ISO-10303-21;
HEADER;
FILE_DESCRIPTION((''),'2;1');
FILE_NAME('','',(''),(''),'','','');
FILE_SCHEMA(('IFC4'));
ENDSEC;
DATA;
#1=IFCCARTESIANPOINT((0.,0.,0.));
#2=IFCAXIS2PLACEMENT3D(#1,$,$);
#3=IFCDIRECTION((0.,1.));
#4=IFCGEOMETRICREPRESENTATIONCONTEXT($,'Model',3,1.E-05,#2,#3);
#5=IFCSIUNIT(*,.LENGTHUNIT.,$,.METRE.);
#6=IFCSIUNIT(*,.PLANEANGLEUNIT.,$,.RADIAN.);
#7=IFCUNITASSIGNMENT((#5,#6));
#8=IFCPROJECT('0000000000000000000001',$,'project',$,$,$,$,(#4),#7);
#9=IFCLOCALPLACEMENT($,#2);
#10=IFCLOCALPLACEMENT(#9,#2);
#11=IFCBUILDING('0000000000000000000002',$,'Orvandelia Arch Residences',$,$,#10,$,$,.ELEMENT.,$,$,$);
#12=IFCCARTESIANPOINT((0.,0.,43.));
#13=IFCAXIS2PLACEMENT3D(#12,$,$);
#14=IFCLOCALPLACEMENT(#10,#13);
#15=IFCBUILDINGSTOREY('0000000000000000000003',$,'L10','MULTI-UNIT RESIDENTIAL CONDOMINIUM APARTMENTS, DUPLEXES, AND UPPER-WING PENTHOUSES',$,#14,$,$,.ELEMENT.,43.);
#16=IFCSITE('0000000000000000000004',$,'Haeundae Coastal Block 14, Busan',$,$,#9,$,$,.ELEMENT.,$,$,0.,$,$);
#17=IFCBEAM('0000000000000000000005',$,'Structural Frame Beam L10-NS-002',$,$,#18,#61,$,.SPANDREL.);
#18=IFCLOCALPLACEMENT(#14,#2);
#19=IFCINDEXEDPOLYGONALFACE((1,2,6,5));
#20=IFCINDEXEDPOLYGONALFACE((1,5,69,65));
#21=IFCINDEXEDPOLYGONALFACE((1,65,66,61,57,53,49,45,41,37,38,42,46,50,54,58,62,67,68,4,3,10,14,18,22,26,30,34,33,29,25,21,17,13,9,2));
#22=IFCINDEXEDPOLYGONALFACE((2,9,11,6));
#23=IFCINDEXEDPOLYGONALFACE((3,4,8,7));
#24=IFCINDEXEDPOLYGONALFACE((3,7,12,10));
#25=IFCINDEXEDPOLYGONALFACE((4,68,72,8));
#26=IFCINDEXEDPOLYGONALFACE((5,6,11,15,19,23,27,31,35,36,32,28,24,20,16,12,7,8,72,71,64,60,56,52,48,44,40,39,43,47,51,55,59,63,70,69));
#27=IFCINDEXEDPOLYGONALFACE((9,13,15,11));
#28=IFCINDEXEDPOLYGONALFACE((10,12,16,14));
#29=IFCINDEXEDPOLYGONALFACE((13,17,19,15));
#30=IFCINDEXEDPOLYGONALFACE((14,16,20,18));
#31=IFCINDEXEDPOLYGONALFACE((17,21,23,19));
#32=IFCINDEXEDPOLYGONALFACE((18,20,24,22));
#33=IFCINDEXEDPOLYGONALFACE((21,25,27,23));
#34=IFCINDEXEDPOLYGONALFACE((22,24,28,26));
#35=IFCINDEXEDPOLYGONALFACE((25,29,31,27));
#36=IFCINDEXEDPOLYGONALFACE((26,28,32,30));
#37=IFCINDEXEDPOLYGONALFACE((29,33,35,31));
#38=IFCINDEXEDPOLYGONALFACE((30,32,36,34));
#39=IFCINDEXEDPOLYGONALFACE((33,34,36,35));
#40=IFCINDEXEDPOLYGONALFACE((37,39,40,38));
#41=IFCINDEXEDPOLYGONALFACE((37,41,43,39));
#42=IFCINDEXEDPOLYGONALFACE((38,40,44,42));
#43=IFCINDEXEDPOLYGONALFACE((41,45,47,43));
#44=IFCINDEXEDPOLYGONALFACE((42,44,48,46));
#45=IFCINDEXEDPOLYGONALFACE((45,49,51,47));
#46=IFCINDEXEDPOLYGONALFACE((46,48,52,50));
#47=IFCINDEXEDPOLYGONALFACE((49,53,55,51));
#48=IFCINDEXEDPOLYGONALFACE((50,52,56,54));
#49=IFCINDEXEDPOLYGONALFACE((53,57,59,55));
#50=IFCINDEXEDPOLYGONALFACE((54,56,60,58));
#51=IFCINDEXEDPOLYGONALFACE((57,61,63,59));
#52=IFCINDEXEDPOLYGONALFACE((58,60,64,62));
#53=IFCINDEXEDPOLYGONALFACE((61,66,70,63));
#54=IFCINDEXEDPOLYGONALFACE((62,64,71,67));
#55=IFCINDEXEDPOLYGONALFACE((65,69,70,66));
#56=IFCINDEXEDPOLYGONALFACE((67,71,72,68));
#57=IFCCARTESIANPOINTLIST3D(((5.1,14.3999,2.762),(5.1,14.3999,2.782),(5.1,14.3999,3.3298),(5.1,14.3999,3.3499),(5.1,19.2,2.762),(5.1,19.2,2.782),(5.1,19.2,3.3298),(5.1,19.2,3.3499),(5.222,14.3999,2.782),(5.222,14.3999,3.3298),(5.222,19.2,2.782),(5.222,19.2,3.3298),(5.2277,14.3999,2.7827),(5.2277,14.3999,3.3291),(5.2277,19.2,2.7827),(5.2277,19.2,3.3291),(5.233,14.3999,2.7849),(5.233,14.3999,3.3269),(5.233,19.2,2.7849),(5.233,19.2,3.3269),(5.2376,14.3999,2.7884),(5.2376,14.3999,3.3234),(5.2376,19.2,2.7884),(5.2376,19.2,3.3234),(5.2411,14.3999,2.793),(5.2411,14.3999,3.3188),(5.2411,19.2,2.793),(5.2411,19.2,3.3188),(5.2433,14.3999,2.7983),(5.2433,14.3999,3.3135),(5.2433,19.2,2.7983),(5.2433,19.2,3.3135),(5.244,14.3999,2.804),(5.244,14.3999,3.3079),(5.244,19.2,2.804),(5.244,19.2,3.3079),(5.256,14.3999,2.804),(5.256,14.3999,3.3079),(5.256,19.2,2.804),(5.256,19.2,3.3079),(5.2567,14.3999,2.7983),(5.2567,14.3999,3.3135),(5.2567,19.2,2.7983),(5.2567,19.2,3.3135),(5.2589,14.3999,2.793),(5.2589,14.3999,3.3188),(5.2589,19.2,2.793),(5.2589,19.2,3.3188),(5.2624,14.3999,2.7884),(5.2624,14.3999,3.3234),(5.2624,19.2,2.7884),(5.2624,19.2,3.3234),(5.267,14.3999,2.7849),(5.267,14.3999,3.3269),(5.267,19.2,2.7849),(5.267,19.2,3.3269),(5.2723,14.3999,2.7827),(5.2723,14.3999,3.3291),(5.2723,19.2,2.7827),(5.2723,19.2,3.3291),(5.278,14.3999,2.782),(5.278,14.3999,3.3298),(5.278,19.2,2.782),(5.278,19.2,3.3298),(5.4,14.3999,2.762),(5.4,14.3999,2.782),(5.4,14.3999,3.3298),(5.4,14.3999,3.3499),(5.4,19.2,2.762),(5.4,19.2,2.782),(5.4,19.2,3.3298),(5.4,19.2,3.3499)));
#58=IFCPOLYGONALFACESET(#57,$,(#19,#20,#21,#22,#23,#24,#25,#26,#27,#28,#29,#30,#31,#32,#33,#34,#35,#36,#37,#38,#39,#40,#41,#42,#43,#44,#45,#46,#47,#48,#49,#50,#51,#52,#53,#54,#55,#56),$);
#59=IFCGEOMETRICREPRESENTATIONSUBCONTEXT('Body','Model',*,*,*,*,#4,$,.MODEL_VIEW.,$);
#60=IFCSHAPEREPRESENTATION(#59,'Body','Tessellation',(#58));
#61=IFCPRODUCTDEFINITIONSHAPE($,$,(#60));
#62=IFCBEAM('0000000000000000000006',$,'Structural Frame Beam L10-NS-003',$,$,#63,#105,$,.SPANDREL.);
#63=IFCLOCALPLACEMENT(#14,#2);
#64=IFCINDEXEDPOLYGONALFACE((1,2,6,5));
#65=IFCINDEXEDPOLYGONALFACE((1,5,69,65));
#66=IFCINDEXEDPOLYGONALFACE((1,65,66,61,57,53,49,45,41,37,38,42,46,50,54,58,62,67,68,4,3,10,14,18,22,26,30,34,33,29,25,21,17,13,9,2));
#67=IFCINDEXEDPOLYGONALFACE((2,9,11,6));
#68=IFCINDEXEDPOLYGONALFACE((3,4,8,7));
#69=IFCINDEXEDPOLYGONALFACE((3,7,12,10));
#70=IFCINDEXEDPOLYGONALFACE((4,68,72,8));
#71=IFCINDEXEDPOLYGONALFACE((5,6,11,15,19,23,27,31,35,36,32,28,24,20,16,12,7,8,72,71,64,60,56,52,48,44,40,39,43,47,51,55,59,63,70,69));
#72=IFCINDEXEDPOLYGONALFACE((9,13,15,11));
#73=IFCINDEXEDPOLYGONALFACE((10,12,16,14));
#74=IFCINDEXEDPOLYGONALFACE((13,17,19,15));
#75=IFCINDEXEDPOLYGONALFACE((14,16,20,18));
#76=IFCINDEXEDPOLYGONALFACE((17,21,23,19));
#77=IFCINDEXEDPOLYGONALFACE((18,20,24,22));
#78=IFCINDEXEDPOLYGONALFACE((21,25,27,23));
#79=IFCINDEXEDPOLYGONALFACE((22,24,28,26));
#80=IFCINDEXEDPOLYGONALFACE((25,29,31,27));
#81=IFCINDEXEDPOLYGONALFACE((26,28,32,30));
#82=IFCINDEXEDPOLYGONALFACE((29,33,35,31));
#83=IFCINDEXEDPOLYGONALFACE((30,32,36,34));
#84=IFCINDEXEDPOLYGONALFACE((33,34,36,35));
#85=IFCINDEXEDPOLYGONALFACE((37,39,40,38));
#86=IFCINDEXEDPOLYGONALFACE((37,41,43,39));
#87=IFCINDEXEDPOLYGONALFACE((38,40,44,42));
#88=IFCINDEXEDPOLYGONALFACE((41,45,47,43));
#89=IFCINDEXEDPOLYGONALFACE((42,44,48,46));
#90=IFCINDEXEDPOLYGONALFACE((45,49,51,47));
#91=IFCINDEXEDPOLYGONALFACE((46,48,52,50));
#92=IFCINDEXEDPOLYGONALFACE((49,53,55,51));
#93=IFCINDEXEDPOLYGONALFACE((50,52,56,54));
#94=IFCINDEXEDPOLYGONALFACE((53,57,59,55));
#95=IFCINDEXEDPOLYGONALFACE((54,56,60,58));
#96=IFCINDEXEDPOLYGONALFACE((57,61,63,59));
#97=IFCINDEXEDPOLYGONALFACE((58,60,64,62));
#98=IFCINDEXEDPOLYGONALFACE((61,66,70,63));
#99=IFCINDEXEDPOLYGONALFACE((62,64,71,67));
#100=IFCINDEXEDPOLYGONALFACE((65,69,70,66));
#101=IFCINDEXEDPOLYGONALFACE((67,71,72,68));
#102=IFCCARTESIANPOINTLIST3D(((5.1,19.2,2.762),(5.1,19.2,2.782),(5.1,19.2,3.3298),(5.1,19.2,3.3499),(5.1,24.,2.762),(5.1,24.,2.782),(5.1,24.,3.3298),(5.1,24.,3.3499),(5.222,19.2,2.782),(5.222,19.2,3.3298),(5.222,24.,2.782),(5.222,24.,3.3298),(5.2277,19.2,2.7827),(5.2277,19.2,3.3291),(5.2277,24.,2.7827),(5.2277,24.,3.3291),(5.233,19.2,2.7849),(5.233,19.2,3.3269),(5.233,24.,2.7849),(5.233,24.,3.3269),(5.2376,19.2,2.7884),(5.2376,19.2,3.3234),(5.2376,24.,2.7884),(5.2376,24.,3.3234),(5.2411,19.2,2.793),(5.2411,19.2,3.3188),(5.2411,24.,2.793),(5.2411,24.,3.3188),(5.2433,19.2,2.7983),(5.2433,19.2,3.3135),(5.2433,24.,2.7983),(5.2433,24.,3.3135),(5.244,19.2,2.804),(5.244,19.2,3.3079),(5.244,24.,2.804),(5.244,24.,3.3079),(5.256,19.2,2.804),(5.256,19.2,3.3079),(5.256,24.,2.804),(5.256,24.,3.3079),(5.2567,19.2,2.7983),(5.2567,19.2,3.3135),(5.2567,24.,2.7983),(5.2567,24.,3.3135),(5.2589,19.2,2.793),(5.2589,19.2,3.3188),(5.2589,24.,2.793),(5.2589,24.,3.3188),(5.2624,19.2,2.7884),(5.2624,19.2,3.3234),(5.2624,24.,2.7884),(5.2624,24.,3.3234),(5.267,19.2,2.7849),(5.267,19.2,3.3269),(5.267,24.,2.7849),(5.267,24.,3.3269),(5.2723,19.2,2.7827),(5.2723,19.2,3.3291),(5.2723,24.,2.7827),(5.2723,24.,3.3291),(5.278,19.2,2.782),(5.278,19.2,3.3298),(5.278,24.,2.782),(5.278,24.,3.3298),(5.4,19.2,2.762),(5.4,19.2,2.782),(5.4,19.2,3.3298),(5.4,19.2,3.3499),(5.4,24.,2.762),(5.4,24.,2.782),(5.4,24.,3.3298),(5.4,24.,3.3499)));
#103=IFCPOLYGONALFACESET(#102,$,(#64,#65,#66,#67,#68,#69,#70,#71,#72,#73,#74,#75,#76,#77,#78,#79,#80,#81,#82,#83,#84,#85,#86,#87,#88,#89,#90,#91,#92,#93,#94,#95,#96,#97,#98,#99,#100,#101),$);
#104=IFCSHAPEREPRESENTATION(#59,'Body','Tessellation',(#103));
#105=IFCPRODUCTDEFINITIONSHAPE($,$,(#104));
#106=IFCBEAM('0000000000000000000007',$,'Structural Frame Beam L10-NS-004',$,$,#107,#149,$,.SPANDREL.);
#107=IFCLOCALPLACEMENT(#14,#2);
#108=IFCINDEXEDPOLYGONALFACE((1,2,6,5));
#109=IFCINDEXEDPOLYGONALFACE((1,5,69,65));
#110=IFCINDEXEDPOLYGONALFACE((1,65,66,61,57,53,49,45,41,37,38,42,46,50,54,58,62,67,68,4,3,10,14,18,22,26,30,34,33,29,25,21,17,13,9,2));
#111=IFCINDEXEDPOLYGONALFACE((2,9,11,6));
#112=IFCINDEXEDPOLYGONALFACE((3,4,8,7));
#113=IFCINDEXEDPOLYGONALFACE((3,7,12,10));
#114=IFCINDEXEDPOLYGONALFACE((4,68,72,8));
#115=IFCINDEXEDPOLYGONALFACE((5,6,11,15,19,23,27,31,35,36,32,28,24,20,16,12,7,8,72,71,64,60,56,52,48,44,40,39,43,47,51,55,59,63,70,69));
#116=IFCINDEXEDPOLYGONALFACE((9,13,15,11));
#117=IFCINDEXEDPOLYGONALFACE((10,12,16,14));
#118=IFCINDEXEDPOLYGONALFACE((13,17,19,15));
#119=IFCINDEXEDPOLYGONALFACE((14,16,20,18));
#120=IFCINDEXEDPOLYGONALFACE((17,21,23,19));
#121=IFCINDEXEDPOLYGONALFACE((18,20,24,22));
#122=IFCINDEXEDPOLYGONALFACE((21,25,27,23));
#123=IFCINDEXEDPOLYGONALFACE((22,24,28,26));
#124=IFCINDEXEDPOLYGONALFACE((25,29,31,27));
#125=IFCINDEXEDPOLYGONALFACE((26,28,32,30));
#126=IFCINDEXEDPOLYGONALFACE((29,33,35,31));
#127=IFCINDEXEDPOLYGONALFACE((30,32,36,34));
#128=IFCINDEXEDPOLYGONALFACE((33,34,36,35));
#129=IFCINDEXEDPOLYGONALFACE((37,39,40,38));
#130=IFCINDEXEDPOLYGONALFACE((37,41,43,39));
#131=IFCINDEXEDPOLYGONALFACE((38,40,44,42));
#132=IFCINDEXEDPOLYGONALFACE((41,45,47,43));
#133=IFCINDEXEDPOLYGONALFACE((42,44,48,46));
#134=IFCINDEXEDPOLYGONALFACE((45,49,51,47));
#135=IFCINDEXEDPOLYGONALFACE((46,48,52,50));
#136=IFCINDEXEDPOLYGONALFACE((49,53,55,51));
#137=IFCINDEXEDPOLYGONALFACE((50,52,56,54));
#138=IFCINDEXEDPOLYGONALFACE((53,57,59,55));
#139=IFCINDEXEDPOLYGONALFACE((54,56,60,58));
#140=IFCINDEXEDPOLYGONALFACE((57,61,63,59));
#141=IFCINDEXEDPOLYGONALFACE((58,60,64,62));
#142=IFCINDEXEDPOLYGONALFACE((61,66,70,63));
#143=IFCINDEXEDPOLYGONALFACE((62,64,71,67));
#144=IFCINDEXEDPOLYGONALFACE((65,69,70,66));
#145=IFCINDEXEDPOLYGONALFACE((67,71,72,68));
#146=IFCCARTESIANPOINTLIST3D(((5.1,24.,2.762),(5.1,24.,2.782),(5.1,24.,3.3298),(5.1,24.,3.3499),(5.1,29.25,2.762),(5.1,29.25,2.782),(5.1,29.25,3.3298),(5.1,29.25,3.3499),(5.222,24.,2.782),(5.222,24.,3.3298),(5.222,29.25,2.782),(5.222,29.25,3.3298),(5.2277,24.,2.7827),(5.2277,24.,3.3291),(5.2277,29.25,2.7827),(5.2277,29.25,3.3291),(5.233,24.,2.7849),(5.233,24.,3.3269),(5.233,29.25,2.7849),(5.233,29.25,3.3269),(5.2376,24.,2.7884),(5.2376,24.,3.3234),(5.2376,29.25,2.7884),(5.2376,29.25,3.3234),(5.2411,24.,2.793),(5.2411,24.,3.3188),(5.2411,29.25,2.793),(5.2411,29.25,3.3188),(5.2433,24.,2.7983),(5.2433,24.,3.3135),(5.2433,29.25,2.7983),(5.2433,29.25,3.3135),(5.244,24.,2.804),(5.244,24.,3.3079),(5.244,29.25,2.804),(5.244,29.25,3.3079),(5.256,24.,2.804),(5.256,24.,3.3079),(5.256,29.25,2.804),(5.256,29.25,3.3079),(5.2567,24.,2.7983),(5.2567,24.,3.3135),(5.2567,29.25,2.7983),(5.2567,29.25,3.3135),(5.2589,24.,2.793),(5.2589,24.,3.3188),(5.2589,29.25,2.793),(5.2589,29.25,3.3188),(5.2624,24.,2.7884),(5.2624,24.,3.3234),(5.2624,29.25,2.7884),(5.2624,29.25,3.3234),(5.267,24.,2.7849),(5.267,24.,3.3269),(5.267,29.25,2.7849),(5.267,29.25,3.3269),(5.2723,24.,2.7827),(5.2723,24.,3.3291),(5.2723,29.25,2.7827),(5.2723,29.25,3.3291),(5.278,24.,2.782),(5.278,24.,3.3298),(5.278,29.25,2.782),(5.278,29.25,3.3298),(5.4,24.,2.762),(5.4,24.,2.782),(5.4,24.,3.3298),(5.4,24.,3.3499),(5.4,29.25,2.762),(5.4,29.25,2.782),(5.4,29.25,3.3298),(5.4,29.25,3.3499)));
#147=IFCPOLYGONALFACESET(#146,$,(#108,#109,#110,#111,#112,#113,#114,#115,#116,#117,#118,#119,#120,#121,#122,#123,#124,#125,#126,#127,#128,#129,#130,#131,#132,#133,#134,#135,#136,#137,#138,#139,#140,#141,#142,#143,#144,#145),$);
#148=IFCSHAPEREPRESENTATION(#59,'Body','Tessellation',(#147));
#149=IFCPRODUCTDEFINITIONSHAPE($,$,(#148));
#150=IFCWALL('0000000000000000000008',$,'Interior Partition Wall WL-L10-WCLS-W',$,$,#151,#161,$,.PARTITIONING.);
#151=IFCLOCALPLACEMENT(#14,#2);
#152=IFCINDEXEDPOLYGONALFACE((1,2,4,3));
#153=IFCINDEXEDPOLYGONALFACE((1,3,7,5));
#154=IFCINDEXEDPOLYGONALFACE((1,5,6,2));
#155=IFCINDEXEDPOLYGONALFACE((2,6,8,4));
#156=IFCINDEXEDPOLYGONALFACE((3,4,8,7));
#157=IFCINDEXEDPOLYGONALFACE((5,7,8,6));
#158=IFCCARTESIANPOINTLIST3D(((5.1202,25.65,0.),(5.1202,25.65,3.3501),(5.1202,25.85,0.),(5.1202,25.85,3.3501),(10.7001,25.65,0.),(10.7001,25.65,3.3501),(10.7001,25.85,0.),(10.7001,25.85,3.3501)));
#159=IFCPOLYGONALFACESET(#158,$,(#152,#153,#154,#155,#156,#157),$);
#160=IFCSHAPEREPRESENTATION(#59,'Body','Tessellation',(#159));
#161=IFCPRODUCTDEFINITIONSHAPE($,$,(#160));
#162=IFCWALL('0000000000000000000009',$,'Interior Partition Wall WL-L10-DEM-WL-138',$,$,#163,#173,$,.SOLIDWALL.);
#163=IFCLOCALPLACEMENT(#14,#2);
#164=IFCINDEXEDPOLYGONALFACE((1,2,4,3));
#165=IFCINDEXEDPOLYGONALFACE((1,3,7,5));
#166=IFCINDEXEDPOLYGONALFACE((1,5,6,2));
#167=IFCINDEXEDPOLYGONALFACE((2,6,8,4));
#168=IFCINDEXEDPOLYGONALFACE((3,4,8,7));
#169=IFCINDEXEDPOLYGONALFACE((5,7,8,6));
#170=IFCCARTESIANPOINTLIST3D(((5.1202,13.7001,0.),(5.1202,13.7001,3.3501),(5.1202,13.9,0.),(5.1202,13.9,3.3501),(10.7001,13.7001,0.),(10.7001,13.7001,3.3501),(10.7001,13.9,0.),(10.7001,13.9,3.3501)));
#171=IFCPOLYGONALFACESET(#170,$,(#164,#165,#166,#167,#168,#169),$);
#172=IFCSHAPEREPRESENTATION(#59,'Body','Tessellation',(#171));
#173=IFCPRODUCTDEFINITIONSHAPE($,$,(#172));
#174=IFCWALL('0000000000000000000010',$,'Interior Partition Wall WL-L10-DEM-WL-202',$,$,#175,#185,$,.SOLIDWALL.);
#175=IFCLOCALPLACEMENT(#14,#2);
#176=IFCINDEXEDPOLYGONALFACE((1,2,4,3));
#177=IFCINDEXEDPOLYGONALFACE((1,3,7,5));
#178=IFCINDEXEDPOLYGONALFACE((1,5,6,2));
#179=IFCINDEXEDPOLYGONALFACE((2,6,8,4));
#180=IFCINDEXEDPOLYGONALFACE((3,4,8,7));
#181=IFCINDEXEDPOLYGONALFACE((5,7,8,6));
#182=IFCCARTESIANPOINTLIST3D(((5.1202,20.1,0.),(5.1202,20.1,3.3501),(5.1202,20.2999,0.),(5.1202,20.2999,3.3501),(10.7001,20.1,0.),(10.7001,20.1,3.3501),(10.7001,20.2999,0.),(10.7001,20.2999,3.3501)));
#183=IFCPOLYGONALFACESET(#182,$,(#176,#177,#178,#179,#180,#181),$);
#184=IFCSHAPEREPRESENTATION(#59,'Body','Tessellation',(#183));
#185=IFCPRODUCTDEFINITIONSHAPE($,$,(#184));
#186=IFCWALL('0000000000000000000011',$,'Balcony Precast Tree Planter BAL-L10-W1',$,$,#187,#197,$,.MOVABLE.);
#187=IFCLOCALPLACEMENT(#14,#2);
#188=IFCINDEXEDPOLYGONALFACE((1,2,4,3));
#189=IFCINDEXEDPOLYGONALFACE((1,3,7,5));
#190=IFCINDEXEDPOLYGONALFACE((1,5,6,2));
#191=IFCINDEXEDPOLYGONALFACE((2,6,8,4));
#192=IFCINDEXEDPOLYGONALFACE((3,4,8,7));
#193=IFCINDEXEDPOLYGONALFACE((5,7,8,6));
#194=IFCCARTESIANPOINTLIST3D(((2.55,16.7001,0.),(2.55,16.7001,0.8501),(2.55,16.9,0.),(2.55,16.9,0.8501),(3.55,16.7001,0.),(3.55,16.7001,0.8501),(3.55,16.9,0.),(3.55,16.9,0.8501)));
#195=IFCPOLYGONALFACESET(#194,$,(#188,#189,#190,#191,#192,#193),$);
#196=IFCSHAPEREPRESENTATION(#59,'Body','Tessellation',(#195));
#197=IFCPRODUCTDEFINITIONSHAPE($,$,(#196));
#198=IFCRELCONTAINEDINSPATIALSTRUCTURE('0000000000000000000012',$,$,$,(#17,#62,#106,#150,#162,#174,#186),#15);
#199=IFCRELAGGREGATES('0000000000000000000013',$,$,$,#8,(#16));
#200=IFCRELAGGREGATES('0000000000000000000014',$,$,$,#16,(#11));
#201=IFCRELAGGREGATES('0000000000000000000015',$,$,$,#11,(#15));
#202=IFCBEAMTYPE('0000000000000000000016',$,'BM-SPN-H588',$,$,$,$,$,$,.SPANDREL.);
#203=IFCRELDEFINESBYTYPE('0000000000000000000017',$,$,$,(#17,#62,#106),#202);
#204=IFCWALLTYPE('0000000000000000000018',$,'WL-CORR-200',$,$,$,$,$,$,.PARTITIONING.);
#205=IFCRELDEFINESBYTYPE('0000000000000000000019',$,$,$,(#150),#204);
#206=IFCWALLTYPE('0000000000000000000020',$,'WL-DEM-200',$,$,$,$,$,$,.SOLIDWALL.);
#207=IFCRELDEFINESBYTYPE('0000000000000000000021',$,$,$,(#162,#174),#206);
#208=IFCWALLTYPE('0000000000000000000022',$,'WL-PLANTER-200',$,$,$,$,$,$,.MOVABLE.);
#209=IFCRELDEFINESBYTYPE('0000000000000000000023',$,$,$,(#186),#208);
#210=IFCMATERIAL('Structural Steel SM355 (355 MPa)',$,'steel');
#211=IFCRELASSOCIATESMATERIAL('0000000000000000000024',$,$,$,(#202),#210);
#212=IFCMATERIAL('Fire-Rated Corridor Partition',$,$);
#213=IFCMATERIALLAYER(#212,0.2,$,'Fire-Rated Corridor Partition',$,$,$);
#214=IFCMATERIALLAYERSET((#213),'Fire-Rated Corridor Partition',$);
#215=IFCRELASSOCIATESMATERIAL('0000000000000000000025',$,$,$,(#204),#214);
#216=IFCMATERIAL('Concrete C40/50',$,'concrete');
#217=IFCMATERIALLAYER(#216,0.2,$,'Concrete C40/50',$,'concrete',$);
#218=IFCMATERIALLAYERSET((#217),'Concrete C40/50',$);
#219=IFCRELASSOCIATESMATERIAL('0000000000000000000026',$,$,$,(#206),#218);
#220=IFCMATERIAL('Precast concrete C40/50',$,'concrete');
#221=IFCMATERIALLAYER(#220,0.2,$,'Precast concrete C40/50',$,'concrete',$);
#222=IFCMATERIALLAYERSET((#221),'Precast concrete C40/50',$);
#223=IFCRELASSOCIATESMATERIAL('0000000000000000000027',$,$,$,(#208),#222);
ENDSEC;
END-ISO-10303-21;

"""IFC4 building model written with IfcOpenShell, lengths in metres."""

from ifc_helpers import new_model, si_unit, direction, frame, frame_2d, origin, origin_2d, place, context, subcontext, project, spatial, rectangle, i_section, extrude, material, layer, layer_set, material_profile, profile_set, type_object, element, save


model = new_model("IFC4")

# Units and contexts
model_context = context("Model", 3, precision=1e-05, world=origin(), true_north=direction((0.0, 1.0)))
body_context = subcontext(model_context, "Body", "Model", "MODEL_VIEW")
ifc_project = project(units=[si_unit("LENGTHUNIT", "METRE"), si_unit("PLANEANGLEUNIT", "RADIAN")], contexts=[model_context])

# Site, building, storey
site_placement = place(None, origin())
site = spatial("IfcSite", under=ifc_project, at=site_placement, Name="Haeundae Coastal Block 14, Busan", CompositionType="ELEMENT", RefElevation=0.0)
building_placement = place(site_placement, origin())
building = spatial("IfcBuilding", under=site, at=building_placement, Name="Orvandelia Arch Residences", CompositionType="ELEMENT")
storey_placement = place(building_placement, frame((0.0, 0.0, 43.0)))
storey = spatial("IfcBuildingStorey", under=building, at=storey_placement, Name="L10", Description="MULTI-UNIT RESIDENTIAL CONDOMINIUM APARTMENTS, DUPLEXES, AND UPPER-WING PENTHOUSES", CompositionType="ELEMENT", Elevation=43.0)

# Beams
ifc_material_1 = material(Name="Structural Steel SM355 (355 MPa)", Category="steel")
ifc_material_profile_1 = material_profile(ifc_material_1, i_section(OverallWidth=0.3, OverallDepth=0.5879, WebThickness=0.012, FlangeThickness=0.02, FilletRadius=0.022, at=origin_2d()), Name="Structural Steel SM355 (355 MPa)", Category="steel")
ifc_profile_set_1 = profile_set([ifc_material_profile_1], Name="Structural Steel SM355 (355 MPa)")
beam_type_1 = type_object("IfcBeamType", Name="BM-SPN-H588", PredefinedType="SPANDREL", material=ifc_profile_set_1)
for number, where, z_axis, x_axis, name in (
    (1, (5.25, 14.3999, 3.0559), (0.0, 1.0, 0.0), (-1.0, 0.0, 0.0), "Structural Frame Beam L10-NS-002"),
    (2, (5.25, 19.2, 3.0559), (0.0, 1.0, 0.0), (-1.0, 0.0, 0.0), "Structural Frame Beam L10-NS-003"),
):
    element("IfcBeam", number, at=place(storey_placement, frame(where, z_axis=z_axis, x_axis=x_axis)), inside=storey, type_object=beam_type_1, Name=name, PredefinedType="SPANDREL", context=body_context, shape_type="SweptSolid", body=[
        extrude(i_section(OverallWidth=0.3, OverallDepth=0.5879, WebThickness=0.012, FlangeThickness=0.02, FilletRadius=0.022, at=origin_2d()), origin(), (0.0, 0.0, 1.0), 4.8),
    ])
beam_placement = place(storey_placement, frame((5.25, 24.0, 3.0559), z_axis=(0.0, 1.0, 0.0), x_axis=(-1.0, 0.0, 0.0)))
element("IfcBeam", 3, at=beam_placement, inside=storey, type_object=beam_type_1, Name="Structural Frame Beam L10-NS-004", PredefinedType="SPANDREL", context=body_context, shape_type="SweptSolid", body=[
    extrude(i_section(OverallWidth=0.3, OverallDepth=0.5879, WebThickness=0.012, FlangeThickness=0.02, FilletRadius=0.022, at=origin_2d()), origin(), (0.0, 0.0, 1.0), 5.25),
])

# Walls
ifc_material_2 = material(Name="Fire-Rated Corridor Partition")
ifc_layer_1 = layer(ifc_material_2, 0.2, Name="Fire-Rated Corridor Partition")
ifc_layer_set_1 = layer_set([ifc_layer_1], Name="Fire-Rated Corridor Partition")
wall_type_1 = type_object("IfcWallType", Name="WL-CORR-200", PredefinedType="PARTITIONING", material=ifc_layer_set_1)
wall_1_placement = place(storey_placement, frame((5.1201, 25.75, 0.0), z_axis=(0.0, 0.0, 1.0), x_axis=(1.0, 0.0, 0.0)))
element("IfcWall", 4, at=wall_1_placement, inside=storey, type_object=wall_type_1, Name="Interior Partition Wall WL-L10-WCLS-W", PredefinedType="PARTITIONING", context=body_context, shape_type="SweptSolid", body=[
    extrude(rectangle(XDim=5.5798, YDim=0.2, at=frame_2d((2.79, 0.0))), origin(), (0.0, 0.0, 1.0), 3.3501),
])
ifc_material_3 = material(Name="Concrete C40/50", Category="concrete")
ifc_layer_2 = layer(ifc_material_3, 0.2, Name="Concrete C40/50", Category="concrete")
ifc_layer_set_2 = layer_set([ifc_layer_2], Name="Concrete C40/50")
wall_type_2 = type_object("IfcWallType", Name="WL-DEM-200", PredefinedType="SOLIDWALL", material=ifc_layer_set_2)
for number, where, z_axis, x_axis, name in (
    (5, (5.1201, 13.8, 0.0), (0.0, 0.0, 1.0), (1.0, 0.0, 0.0), "Interior Partition Wall WL-L10-DEM-WL-138"),
    (6, (5.1201, 20.2, 0.0), (0.0, 0.0, 1.0), (1.0, 0.0, 0.0), "Interior Partition Wall WL-L10-DEM-WL-202"),
):
    element("IfcWall", number, at=place(storey_placement, frame(where, z_axis=z_axis, x_axis=x_axis)), inside=storey, type_object=wall_type_2, Name=name, PredefinedType="SOLIDWALL", context=body_context, shape_type="SweptSolid", body=[
        extrude(rectangle(XDim=5.5798, YDim=0.2, at=frame_2d((2.79, 0.0))), origin(), (0.0, 0.0, 1.0), 3.3501),
    ])
ifc_material_4 = material(Name="Precast concrete C40/50", Category="concrete")
ifc_layer_3 = layer(ifc_material_4, 0.2, Name="Precast concrete C40/50", Category="concrete")
ifc_layer_set_3 = layer_set([ifc_layer_3], Name="Precast concrete C40/50")
wall_type_3 = type_object("IfcWallType", Name="WL-PLANTER-200", PredefinedType="MOVABLE", material=ifc_layer_set_3)
wall_2_placement = place(storey_placement, frame((2.55, 16.8, 0.0), z_axis=(0.0, 0.0, 1.0), x_axis=(1.0, 0.0, 0.0)))
element("IfcWall", 7, at=wall_2_placement, inside=storey, type_object=wall_type_3, Name="Balcony Precast Tree Planter BAL-L10-W1", PredefinedType="MOVABLE", context=body_context, shape_type="SweptSolid", body=[
    extrude(rectangle(XDim=1.0, YDim=0.2, at=frame_2d((0.5, 0.0))), origin(), (0.0, 0.0, 1.0), 0.8501),
])

save(model, "model.ifc")
